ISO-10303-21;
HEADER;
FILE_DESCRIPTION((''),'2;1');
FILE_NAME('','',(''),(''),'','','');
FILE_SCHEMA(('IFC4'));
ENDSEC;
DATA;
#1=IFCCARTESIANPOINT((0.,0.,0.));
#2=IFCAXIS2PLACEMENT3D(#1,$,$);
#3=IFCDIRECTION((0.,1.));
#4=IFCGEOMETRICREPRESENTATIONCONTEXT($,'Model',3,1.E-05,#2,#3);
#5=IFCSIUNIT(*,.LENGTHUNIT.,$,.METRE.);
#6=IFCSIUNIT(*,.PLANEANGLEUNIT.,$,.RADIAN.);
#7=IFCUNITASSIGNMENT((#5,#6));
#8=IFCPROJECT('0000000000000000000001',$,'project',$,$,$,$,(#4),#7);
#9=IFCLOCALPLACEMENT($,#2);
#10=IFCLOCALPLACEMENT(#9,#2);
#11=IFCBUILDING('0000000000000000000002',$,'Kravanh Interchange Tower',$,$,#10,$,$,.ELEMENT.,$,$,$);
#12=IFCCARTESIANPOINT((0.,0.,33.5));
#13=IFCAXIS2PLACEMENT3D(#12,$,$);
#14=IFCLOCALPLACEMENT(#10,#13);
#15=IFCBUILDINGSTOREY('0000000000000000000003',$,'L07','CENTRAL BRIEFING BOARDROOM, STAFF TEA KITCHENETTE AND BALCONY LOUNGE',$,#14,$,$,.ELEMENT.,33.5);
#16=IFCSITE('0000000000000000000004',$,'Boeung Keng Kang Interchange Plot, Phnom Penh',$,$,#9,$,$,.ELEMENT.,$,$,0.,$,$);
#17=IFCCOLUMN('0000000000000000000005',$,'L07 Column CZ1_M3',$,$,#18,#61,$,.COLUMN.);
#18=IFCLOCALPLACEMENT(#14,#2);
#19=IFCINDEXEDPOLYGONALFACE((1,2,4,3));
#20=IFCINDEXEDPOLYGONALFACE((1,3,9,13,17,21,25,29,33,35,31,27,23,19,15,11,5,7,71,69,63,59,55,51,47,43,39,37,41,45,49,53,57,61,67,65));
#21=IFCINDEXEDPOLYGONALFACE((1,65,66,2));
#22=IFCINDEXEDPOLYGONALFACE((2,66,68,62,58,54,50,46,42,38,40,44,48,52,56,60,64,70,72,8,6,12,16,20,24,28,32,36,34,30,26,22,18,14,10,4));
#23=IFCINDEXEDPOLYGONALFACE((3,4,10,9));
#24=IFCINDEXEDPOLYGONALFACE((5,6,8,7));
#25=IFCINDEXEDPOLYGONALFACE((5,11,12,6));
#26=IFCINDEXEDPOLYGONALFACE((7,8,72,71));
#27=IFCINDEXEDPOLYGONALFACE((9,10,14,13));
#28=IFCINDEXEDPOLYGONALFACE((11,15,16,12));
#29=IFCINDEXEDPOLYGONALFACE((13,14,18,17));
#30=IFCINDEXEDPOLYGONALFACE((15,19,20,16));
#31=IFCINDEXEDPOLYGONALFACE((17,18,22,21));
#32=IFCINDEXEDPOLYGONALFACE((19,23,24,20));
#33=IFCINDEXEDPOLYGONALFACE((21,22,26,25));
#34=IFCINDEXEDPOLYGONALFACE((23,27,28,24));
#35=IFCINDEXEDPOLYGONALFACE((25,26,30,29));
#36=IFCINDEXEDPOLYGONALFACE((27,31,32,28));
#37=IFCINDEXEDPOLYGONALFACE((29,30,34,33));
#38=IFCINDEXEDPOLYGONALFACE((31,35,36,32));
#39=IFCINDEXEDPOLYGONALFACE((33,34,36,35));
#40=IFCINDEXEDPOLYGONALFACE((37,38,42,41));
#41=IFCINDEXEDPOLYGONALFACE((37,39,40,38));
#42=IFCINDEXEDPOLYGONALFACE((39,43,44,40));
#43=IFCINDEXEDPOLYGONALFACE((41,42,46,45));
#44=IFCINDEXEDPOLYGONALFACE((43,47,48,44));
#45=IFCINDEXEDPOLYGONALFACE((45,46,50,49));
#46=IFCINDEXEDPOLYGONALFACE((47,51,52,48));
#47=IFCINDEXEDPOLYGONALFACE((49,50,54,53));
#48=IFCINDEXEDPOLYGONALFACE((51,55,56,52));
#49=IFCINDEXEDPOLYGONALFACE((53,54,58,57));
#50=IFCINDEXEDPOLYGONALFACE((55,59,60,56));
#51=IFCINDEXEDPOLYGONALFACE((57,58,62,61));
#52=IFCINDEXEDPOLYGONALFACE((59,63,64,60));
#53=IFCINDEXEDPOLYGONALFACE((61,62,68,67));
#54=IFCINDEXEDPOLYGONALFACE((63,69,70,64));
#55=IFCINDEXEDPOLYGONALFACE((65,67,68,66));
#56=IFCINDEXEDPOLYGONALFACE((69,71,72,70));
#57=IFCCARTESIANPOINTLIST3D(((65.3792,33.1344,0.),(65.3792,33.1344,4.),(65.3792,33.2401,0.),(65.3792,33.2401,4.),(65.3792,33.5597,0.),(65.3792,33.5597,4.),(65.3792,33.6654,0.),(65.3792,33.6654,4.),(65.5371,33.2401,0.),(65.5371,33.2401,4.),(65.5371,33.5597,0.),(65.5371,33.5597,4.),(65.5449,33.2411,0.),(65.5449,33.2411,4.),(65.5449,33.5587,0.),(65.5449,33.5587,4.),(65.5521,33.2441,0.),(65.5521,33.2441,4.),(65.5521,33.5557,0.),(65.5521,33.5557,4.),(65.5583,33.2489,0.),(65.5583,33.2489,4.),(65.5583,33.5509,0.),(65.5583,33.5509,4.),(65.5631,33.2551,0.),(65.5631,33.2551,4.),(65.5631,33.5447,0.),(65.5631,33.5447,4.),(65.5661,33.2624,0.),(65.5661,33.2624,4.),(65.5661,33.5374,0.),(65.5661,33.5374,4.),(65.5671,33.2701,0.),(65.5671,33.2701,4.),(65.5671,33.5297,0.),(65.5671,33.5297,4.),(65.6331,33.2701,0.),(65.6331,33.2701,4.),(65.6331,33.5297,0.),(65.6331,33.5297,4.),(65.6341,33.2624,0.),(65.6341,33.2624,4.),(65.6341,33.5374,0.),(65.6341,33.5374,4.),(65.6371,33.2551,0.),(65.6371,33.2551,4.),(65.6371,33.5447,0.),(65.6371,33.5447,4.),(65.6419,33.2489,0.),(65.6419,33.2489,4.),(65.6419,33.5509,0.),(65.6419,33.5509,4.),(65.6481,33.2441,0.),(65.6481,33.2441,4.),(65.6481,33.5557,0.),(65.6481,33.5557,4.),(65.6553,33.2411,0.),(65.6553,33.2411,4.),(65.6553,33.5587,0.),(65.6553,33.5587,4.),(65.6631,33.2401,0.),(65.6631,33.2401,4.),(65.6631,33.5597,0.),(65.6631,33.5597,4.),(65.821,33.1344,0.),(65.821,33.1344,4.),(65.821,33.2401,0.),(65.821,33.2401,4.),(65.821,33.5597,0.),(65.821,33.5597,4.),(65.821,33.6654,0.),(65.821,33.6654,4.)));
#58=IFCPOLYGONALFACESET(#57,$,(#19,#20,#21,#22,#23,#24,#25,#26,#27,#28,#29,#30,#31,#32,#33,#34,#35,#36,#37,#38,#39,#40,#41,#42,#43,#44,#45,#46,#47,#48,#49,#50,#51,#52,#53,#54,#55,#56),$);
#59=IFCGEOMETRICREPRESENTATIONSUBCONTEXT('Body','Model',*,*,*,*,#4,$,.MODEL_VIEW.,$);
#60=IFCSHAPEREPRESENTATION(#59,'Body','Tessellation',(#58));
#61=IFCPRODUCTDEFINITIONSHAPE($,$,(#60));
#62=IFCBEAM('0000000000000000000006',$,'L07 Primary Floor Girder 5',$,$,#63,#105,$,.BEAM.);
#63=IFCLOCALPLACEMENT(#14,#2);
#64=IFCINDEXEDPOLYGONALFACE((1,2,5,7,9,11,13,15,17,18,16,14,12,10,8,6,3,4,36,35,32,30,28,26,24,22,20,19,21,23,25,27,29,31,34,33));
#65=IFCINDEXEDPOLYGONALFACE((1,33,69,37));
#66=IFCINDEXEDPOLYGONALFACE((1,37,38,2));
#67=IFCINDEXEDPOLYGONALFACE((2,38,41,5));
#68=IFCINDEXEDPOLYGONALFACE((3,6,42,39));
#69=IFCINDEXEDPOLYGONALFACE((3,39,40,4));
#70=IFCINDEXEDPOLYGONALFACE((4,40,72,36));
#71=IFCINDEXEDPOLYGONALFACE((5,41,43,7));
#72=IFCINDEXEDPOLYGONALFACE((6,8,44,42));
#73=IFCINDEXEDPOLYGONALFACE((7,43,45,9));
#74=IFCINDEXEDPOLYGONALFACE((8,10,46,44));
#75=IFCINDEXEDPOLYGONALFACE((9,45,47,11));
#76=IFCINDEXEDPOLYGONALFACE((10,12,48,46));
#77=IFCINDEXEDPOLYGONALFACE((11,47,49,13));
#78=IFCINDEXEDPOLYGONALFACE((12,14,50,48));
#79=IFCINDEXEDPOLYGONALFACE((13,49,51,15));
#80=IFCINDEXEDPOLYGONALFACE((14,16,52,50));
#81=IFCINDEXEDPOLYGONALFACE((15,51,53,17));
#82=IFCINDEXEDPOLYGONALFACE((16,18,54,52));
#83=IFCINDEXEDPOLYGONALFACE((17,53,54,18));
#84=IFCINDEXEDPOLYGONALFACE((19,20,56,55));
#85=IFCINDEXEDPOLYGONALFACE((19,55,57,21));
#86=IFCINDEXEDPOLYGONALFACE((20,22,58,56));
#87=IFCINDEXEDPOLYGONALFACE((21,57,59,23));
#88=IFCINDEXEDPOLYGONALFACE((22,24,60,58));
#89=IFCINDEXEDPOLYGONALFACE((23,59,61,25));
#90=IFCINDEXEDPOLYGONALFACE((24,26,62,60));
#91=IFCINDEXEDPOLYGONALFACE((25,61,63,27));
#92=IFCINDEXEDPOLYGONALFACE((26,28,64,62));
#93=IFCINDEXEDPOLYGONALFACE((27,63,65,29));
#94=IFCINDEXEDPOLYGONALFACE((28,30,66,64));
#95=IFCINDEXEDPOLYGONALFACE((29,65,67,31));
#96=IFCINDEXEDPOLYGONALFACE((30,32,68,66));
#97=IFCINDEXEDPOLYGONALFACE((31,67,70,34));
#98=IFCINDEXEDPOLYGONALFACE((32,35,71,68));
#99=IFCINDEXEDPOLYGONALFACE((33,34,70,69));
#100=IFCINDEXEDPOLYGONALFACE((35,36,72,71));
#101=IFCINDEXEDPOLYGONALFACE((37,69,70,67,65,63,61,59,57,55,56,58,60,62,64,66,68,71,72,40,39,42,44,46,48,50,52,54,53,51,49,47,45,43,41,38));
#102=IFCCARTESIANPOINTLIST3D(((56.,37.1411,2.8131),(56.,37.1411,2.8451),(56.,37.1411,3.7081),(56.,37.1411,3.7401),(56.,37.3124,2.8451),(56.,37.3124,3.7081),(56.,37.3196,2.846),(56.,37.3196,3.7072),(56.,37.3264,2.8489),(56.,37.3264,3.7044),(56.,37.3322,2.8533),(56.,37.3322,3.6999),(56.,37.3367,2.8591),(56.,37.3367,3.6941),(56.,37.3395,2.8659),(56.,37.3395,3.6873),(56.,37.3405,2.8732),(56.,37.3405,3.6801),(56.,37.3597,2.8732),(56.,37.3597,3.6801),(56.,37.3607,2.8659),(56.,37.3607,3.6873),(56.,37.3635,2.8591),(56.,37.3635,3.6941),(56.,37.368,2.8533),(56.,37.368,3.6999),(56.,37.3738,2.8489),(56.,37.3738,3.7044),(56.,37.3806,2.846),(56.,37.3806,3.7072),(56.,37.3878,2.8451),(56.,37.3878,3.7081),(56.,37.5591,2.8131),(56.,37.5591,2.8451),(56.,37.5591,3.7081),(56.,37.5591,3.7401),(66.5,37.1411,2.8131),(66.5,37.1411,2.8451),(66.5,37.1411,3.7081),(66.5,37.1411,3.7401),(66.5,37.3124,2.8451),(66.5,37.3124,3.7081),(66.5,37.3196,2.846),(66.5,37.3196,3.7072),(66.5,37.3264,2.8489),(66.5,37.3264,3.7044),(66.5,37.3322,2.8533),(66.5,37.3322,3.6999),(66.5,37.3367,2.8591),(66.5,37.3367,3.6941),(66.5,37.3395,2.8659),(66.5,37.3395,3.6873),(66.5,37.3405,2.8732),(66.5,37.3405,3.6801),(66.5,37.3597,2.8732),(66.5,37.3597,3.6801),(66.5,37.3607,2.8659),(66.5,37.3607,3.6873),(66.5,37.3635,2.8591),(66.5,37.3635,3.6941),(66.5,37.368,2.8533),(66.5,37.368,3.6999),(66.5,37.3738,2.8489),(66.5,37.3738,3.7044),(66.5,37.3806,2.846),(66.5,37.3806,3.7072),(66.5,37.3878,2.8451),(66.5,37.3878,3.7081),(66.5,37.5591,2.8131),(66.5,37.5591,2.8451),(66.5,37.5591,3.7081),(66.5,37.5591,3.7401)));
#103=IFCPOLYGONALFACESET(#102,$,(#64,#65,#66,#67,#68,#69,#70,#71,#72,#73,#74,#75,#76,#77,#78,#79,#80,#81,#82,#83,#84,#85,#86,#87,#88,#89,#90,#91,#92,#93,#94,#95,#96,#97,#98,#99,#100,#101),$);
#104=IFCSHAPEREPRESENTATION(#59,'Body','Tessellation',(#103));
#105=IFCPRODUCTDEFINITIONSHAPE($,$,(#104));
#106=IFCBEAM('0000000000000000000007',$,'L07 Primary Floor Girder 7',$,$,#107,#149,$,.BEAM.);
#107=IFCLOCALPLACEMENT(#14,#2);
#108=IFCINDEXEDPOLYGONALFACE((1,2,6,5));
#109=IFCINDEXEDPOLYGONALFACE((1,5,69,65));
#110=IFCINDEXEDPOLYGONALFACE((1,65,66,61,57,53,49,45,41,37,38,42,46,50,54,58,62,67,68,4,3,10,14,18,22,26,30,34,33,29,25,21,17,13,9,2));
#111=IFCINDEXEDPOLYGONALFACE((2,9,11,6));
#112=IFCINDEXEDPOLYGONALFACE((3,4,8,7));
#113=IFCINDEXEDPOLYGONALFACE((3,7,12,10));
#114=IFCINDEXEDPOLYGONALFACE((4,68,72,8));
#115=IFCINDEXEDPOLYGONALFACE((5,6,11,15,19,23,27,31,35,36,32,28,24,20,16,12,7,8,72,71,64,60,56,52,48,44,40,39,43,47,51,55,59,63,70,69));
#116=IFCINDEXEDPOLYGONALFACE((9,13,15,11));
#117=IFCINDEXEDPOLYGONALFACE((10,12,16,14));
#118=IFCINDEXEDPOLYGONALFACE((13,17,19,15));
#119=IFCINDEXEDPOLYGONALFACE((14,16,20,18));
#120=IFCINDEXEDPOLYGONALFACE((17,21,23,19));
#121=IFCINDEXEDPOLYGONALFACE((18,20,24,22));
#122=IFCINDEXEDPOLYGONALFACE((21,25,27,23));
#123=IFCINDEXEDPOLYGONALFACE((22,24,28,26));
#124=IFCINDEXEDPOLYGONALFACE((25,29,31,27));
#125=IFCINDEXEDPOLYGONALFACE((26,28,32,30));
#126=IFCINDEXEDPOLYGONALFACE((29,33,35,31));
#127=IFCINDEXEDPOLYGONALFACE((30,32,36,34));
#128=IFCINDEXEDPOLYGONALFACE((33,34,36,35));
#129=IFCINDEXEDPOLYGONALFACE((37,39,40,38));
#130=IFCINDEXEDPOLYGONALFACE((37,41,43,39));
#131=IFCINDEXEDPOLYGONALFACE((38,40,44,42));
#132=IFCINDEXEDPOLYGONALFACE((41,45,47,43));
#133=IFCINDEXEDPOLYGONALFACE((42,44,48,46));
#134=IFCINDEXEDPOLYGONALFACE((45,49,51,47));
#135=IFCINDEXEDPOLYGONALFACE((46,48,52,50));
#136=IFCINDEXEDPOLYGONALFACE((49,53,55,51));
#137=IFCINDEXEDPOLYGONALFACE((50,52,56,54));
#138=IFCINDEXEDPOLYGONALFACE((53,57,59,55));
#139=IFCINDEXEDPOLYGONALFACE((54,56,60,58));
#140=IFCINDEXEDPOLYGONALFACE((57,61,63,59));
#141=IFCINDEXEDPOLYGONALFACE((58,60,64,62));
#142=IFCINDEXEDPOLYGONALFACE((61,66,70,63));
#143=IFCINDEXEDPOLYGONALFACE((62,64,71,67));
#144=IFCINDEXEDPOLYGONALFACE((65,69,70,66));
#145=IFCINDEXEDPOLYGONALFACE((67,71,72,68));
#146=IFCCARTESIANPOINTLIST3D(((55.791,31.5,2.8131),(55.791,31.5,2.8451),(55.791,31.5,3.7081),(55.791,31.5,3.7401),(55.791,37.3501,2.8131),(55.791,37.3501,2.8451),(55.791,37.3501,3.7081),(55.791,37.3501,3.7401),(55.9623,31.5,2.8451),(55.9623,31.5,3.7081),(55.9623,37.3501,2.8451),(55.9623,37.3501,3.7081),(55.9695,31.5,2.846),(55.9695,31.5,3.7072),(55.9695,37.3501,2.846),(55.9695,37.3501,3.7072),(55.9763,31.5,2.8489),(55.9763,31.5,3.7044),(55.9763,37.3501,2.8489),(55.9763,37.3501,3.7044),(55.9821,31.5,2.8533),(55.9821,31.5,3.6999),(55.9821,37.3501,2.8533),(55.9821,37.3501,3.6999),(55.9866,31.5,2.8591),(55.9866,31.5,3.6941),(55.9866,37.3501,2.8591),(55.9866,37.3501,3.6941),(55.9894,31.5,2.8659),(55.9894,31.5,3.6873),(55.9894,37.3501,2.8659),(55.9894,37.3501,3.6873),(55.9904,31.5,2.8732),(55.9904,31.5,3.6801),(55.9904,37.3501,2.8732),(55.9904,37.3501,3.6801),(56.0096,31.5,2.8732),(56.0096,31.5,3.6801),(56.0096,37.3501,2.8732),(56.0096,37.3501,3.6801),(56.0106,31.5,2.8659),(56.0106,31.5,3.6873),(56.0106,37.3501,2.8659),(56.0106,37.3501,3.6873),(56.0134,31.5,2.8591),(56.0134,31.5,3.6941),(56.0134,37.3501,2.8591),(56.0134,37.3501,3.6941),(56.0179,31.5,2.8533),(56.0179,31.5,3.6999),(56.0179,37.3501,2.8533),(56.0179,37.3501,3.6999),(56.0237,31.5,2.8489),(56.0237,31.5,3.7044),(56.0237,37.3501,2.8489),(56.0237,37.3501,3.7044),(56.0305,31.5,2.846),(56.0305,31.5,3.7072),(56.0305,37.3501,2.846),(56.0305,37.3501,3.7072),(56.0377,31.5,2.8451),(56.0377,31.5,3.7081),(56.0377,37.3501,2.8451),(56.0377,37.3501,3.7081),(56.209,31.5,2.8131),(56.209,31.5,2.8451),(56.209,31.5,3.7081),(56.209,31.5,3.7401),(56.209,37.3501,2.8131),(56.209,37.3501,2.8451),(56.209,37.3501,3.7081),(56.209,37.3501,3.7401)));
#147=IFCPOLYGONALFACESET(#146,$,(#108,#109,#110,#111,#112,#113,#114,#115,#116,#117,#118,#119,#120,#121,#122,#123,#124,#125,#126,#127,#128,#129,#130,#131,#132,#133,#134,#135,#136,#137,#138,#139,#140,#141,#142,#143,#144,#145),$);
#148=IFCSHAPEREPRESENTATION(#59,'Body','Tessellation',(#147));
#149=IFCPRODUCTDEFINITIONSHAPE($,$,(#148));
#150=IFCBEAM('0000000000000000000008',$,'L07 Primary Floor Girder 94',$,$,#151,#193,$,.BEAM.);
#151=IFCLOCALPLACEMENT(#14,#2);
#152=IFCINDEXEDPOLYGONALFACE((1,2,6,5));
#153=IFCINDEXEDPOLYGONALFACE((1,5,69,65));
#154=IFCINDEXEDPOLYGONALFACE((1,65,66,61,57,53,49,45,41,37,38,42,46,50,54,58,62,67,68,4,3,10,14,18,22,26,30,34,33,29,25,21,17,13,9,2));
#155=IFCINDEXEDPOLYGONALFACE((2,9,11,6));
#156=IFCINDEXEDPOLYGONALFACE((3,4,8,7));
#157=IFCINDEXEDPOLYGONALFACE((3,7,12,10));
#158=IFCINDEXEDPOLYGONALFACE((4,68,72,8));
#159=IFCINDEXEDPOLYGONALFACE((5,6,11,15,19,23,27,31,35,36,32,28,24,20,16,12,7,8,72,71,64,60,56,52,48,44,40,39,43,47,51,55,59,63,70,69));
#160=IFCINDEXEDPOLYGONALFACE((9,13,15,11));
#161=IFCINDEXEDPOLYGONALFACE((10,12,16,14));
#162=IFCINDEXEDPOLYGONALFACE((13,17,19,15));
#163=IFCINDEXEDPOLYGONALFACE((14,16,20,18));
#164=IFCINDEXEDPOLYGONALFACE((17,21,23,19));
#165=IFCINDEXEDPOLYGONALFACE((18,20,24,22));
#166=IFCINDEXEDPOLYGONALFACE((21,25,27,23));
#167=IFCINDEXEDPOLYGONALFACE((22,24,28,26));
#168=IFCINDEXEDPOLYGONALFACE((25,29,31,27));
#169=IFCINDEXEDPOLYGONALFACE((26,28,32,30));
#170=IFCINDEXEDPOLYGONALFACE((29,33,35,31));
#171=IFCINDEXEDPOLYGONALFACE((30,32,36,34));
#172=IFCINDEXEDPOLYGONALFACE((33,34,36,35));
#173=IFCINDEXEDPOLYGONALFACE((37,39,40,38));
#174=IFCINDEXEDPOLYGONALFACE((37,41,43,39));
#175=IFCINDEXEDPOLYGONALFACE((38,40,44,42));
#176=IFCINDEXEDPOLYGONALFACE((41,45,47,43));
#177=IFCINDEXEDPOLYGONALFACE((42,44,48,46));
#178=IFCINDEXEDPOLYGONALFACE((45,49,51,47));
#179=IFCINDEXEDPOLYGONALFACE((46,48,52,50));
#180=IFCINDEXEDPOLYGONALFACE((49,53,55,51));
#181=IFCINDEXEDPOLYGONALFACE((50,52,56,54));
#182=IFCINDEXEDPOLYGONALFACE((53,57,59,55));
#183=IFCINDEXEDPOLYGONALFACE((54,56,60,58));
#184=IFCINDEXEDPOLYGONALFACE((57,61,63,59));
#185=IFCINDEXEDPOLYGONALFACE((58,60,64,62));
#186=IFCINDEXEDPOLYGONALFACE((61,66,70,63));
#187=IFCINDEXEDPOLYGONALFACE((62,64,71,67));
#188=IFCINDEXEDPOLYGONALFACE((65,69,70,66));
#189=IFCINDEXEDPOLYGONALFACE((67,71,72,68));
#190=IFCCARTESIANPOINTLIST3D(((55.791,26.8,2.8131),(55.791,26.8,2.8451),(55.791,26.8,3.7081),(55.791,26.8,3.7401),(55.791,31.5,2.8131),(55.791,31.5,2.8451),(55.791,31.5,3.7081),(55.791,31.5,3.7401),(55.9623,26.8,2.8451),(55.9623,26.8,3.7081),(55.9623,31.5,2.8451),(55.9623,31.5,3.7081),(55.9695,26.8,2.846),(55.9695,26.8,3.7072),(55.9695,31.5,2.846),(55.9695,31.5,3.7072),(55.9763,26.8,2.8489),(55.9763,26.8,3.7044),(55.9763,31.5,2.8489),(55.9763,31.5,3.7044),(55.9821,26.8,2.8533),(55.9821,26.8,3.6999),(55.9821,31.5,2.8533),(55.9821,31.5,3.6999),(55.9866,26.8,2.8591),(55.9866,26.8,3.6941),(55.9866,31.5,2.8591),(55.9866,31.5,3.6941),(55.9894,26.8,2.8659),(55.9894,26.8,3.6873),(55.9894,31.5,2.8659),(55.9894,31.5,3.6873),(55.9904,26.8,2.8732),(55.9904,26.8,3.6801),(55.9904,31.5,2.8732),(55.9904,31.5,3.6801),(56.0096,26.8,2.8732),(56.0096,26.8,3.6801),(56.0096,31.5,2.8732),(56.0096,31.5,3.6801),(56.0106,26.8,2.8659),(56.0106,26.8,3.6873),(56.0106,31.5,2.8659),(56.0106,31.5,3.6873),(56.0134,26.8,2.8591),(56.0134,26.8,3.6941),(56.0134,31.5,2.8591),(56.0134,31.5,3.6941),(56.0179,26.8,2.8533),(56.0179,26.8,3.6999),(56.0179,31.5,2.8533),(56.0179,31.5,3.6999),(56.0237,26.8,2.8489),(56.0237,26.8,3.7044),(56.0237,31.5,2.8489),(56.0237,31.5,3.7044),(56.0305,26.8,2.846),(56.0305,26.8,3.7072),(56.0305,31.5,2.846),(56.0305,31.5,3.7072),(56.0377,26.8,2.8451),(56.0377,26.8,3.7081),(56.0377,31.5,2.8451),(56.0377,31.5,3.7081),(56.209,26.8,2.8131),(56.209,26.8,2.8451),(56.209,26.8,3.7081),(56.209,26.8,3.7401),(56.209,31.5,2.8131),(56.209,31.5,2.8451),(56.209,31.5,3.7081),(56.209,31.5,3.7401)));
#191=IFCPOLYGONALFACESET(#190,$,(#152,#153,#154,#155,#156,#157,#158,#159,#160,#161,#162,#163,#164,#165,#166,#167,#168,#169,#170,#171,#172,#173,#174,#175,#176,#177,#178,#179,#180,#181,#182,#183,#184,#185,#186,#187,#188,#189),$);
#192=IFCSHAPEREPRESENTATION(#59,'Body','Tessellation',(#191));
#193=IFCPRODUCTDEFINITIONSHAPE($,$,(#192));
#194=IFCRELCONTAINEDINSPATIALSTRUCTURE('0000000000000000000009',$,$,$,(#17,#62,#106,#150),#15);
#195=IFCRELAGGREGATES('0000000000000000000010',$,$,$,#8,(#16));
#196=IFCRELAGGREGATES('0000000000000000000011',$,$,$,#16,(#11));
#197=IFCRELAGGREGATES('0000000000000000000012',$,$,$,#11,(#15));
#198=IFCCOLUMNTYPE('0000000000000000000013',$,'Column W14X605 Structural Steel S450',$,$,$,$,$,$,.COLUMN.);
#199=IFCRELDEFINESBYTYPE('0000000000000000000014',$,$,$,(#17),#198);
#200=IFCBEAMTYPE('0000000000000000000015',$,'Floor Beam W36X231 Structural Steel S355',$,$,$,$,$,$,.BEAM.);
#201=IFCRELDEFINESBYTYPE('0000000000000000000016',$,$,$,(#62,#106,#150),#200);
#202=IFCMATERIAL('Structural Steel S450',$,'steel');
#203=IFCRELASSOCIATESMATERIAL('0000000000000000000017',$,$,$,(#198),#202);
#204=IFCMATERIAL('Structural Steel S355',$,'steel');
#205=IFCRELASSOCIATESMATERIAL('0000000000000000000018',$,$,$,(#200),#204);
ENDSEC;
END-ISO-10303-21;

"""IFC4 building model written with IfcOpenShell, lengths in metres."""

from ifc_helpers import new_model, si_unit, direction, frame, origin, origin_2d, place, context, subcontext, project, spatial, i_section, extrude, material, material_profile, profile_set, type_object, element, save


model = new_model("IFC4")

# Units and contexts
model_context = context("Model", 3, precision=1e-05, world=origin(), true_north=direction((0.0, 1.0)))
body_context = subcontext(model_context, "Body", "Model", "MODEL_VIEW")
ifc_project = project(units=[si_unit("LENGTHUNIT", "METRE"), si_unit("PLANEANGLEUNIT", "RADIAN")], contexts=[model_context])

# Site, building, storey
site_placement = place(None, origin())
site = spatial("IfcSite", under=ifc_project, at=site_placement, Name="Boeung Keng Kang Interchange Plot, Phnom Penh", CompositionType="ELEMENT", RefElevation=0.0)
building_placement = place(site_placement, origin())
building = spatial("IfcBuilding", under=site, at=building_placement, Name="Kravanh Interchange Tower", CompositionType="ELEMENT")
storey_placement = place(building_placement, frame((0.0, 0.0, 33.5)))
storey = spatial("IfcBuildingStorey", under=building, at=storey_placement, Name="L07", Description="CENTRAL BRIEFING BOARDROOM, STAFF TEA KITCHENETTE AND BALCONY LOUNGE", CompositionType="ELEMENT", Elevation=33.5)

# Column
ifc_material_1 = material(Name="Structural Steel S450", Category="steel")
ifc_material_profile_1 = material_profile(ifc_material_1, i_section(OverallWidth=0.4419, OverallDepth=0.531, WebThickness=0.0659, FlangeThickness=0.1057, FilletRadius=0.03, at=origin_2d()), Name="W14X605")
ifc_profile_set_1 = profile_set([ifc_material_profile_1], Name="Structural Steel S450")
column_type_1 = type_object("IfcColumnType", Name="Column W14X605 Structural Steel S450", PredefinedType="COLUMN", material=ifc_profile_set_1)
for number, where, z_axis, x_axis, name in (
    (1, (65.6001, 33.3999, 0.0), (0.0, 0.0, 1.0), (1.0, 0.0, 0.0), "L07 Column CZ1_M3"),
):
    element("IfcColumn", number, at=place(storey_placement, frame(where, z_axis=z_axis, x_axis=x_axis)), inside=storey, type_object=column_type_1, Name=name, PredefinedType="COLUMN", context=body_context, shape_type="SweptSolid", body=[
        extrude(i_section(OverallWidth=0.4419, OverallDepth=0.531, WebThickness=0.0659, FlangeThickness=0.1057, FilletRadius=0.03, at=origin_2d()), origin(), (0.0, 0.0, 1.0), 4.0),
    ])

# Beams
ifc_material_2 = material(Name="Structural Steel S355", Category="steel")
ifc_material_profile_2 = material_profile(ifc_material_2, i_section(OverallWidth=0.418, OverallDepth=0.927, WebThickness=0.0193, FlangeThickness=0.032, FilletRadius=0.0281, at=origin_2d()), Name="W36X231")
ifc_profile_set_2 = profile_set([ifc_material_profile_2], Name="Structural Steel S355")
beam_type_1 = type_object("IfcBeamType", Name="Floor Beam W36X231 Structural Steel S355", PredefinedType="BEAM", material=ifc_profile_set_2)
beam_1_placement = place(storey_placement, frame((66.5, 37.3501, 3.2766), z_axis=(-1.0, 0.0, 0.0), x_axis=(0.0, -1.0, 0.0)))
element("IfcBeam", 2, at=beam_1_placement, inside=storey, type_object=beam_type_1, Name="L07 Primary Floor Girder 5", PredefinedType="BEAM", context=body_context, shape_type="SweptSolid", body=[
    extrude(i_section(OverallWidth=0.418, OverallDepth=0.927, WebThickness=0.0193, FlangeThickness=0.032, FilletRadius=0.0281, at=origin_2d()), origin(), (0.0, 0.0, 1.0), 10.5),
])
beam_2_placement = place(storey_placement, frame((56.0, 37.3501, 3.2766), z_axis=(0.0, -1.0, 0.0), x_axis=(1.0, 0.0, 0.0)))
element("IfcBeam", 3, at=beam_2_placement, inside=storey, type_object=beam_type_1, Name="L07 Primary Floor Girder 7", PredefinedType="BEAM", context=body_context, shape_type="SweptSolid", body=[
    extrude(i_section(OverallWidth=0.418, OverallDepth=0.927, WebThickness=0.0193, FlangeThickness=0.032, FilletRadius=0.0281, at=origin_2d()), origin(), (0.0, 0.0, 1.0), 5.8501),
])
beam_3_placement = place(storey_placement, frame((56.0, 26.8, 3.2766), z_axis=(0.0, 1.0, 0.0), x_axis=(-1.0, 0.0, 0.0)))
element("IfcBeam", 4, at=beam_3_placement, inside=storey, type_object=beam_type_1, Name="L07 Primary Floor Girder 94", PredefinedType="BEAM", context=body_context, shape_type="SweptSolid", body=[
    extrude(i_section(OverallWidth=0.418, OverallDepth=0.927, WebThickness=0.0193, FlangeThickness=0.032, FilletRadius=0.0281, at=origin_2d()), origin(), (0.0, 0.0, 1.0), 4.7),
])

save(model, "model.ifc")
